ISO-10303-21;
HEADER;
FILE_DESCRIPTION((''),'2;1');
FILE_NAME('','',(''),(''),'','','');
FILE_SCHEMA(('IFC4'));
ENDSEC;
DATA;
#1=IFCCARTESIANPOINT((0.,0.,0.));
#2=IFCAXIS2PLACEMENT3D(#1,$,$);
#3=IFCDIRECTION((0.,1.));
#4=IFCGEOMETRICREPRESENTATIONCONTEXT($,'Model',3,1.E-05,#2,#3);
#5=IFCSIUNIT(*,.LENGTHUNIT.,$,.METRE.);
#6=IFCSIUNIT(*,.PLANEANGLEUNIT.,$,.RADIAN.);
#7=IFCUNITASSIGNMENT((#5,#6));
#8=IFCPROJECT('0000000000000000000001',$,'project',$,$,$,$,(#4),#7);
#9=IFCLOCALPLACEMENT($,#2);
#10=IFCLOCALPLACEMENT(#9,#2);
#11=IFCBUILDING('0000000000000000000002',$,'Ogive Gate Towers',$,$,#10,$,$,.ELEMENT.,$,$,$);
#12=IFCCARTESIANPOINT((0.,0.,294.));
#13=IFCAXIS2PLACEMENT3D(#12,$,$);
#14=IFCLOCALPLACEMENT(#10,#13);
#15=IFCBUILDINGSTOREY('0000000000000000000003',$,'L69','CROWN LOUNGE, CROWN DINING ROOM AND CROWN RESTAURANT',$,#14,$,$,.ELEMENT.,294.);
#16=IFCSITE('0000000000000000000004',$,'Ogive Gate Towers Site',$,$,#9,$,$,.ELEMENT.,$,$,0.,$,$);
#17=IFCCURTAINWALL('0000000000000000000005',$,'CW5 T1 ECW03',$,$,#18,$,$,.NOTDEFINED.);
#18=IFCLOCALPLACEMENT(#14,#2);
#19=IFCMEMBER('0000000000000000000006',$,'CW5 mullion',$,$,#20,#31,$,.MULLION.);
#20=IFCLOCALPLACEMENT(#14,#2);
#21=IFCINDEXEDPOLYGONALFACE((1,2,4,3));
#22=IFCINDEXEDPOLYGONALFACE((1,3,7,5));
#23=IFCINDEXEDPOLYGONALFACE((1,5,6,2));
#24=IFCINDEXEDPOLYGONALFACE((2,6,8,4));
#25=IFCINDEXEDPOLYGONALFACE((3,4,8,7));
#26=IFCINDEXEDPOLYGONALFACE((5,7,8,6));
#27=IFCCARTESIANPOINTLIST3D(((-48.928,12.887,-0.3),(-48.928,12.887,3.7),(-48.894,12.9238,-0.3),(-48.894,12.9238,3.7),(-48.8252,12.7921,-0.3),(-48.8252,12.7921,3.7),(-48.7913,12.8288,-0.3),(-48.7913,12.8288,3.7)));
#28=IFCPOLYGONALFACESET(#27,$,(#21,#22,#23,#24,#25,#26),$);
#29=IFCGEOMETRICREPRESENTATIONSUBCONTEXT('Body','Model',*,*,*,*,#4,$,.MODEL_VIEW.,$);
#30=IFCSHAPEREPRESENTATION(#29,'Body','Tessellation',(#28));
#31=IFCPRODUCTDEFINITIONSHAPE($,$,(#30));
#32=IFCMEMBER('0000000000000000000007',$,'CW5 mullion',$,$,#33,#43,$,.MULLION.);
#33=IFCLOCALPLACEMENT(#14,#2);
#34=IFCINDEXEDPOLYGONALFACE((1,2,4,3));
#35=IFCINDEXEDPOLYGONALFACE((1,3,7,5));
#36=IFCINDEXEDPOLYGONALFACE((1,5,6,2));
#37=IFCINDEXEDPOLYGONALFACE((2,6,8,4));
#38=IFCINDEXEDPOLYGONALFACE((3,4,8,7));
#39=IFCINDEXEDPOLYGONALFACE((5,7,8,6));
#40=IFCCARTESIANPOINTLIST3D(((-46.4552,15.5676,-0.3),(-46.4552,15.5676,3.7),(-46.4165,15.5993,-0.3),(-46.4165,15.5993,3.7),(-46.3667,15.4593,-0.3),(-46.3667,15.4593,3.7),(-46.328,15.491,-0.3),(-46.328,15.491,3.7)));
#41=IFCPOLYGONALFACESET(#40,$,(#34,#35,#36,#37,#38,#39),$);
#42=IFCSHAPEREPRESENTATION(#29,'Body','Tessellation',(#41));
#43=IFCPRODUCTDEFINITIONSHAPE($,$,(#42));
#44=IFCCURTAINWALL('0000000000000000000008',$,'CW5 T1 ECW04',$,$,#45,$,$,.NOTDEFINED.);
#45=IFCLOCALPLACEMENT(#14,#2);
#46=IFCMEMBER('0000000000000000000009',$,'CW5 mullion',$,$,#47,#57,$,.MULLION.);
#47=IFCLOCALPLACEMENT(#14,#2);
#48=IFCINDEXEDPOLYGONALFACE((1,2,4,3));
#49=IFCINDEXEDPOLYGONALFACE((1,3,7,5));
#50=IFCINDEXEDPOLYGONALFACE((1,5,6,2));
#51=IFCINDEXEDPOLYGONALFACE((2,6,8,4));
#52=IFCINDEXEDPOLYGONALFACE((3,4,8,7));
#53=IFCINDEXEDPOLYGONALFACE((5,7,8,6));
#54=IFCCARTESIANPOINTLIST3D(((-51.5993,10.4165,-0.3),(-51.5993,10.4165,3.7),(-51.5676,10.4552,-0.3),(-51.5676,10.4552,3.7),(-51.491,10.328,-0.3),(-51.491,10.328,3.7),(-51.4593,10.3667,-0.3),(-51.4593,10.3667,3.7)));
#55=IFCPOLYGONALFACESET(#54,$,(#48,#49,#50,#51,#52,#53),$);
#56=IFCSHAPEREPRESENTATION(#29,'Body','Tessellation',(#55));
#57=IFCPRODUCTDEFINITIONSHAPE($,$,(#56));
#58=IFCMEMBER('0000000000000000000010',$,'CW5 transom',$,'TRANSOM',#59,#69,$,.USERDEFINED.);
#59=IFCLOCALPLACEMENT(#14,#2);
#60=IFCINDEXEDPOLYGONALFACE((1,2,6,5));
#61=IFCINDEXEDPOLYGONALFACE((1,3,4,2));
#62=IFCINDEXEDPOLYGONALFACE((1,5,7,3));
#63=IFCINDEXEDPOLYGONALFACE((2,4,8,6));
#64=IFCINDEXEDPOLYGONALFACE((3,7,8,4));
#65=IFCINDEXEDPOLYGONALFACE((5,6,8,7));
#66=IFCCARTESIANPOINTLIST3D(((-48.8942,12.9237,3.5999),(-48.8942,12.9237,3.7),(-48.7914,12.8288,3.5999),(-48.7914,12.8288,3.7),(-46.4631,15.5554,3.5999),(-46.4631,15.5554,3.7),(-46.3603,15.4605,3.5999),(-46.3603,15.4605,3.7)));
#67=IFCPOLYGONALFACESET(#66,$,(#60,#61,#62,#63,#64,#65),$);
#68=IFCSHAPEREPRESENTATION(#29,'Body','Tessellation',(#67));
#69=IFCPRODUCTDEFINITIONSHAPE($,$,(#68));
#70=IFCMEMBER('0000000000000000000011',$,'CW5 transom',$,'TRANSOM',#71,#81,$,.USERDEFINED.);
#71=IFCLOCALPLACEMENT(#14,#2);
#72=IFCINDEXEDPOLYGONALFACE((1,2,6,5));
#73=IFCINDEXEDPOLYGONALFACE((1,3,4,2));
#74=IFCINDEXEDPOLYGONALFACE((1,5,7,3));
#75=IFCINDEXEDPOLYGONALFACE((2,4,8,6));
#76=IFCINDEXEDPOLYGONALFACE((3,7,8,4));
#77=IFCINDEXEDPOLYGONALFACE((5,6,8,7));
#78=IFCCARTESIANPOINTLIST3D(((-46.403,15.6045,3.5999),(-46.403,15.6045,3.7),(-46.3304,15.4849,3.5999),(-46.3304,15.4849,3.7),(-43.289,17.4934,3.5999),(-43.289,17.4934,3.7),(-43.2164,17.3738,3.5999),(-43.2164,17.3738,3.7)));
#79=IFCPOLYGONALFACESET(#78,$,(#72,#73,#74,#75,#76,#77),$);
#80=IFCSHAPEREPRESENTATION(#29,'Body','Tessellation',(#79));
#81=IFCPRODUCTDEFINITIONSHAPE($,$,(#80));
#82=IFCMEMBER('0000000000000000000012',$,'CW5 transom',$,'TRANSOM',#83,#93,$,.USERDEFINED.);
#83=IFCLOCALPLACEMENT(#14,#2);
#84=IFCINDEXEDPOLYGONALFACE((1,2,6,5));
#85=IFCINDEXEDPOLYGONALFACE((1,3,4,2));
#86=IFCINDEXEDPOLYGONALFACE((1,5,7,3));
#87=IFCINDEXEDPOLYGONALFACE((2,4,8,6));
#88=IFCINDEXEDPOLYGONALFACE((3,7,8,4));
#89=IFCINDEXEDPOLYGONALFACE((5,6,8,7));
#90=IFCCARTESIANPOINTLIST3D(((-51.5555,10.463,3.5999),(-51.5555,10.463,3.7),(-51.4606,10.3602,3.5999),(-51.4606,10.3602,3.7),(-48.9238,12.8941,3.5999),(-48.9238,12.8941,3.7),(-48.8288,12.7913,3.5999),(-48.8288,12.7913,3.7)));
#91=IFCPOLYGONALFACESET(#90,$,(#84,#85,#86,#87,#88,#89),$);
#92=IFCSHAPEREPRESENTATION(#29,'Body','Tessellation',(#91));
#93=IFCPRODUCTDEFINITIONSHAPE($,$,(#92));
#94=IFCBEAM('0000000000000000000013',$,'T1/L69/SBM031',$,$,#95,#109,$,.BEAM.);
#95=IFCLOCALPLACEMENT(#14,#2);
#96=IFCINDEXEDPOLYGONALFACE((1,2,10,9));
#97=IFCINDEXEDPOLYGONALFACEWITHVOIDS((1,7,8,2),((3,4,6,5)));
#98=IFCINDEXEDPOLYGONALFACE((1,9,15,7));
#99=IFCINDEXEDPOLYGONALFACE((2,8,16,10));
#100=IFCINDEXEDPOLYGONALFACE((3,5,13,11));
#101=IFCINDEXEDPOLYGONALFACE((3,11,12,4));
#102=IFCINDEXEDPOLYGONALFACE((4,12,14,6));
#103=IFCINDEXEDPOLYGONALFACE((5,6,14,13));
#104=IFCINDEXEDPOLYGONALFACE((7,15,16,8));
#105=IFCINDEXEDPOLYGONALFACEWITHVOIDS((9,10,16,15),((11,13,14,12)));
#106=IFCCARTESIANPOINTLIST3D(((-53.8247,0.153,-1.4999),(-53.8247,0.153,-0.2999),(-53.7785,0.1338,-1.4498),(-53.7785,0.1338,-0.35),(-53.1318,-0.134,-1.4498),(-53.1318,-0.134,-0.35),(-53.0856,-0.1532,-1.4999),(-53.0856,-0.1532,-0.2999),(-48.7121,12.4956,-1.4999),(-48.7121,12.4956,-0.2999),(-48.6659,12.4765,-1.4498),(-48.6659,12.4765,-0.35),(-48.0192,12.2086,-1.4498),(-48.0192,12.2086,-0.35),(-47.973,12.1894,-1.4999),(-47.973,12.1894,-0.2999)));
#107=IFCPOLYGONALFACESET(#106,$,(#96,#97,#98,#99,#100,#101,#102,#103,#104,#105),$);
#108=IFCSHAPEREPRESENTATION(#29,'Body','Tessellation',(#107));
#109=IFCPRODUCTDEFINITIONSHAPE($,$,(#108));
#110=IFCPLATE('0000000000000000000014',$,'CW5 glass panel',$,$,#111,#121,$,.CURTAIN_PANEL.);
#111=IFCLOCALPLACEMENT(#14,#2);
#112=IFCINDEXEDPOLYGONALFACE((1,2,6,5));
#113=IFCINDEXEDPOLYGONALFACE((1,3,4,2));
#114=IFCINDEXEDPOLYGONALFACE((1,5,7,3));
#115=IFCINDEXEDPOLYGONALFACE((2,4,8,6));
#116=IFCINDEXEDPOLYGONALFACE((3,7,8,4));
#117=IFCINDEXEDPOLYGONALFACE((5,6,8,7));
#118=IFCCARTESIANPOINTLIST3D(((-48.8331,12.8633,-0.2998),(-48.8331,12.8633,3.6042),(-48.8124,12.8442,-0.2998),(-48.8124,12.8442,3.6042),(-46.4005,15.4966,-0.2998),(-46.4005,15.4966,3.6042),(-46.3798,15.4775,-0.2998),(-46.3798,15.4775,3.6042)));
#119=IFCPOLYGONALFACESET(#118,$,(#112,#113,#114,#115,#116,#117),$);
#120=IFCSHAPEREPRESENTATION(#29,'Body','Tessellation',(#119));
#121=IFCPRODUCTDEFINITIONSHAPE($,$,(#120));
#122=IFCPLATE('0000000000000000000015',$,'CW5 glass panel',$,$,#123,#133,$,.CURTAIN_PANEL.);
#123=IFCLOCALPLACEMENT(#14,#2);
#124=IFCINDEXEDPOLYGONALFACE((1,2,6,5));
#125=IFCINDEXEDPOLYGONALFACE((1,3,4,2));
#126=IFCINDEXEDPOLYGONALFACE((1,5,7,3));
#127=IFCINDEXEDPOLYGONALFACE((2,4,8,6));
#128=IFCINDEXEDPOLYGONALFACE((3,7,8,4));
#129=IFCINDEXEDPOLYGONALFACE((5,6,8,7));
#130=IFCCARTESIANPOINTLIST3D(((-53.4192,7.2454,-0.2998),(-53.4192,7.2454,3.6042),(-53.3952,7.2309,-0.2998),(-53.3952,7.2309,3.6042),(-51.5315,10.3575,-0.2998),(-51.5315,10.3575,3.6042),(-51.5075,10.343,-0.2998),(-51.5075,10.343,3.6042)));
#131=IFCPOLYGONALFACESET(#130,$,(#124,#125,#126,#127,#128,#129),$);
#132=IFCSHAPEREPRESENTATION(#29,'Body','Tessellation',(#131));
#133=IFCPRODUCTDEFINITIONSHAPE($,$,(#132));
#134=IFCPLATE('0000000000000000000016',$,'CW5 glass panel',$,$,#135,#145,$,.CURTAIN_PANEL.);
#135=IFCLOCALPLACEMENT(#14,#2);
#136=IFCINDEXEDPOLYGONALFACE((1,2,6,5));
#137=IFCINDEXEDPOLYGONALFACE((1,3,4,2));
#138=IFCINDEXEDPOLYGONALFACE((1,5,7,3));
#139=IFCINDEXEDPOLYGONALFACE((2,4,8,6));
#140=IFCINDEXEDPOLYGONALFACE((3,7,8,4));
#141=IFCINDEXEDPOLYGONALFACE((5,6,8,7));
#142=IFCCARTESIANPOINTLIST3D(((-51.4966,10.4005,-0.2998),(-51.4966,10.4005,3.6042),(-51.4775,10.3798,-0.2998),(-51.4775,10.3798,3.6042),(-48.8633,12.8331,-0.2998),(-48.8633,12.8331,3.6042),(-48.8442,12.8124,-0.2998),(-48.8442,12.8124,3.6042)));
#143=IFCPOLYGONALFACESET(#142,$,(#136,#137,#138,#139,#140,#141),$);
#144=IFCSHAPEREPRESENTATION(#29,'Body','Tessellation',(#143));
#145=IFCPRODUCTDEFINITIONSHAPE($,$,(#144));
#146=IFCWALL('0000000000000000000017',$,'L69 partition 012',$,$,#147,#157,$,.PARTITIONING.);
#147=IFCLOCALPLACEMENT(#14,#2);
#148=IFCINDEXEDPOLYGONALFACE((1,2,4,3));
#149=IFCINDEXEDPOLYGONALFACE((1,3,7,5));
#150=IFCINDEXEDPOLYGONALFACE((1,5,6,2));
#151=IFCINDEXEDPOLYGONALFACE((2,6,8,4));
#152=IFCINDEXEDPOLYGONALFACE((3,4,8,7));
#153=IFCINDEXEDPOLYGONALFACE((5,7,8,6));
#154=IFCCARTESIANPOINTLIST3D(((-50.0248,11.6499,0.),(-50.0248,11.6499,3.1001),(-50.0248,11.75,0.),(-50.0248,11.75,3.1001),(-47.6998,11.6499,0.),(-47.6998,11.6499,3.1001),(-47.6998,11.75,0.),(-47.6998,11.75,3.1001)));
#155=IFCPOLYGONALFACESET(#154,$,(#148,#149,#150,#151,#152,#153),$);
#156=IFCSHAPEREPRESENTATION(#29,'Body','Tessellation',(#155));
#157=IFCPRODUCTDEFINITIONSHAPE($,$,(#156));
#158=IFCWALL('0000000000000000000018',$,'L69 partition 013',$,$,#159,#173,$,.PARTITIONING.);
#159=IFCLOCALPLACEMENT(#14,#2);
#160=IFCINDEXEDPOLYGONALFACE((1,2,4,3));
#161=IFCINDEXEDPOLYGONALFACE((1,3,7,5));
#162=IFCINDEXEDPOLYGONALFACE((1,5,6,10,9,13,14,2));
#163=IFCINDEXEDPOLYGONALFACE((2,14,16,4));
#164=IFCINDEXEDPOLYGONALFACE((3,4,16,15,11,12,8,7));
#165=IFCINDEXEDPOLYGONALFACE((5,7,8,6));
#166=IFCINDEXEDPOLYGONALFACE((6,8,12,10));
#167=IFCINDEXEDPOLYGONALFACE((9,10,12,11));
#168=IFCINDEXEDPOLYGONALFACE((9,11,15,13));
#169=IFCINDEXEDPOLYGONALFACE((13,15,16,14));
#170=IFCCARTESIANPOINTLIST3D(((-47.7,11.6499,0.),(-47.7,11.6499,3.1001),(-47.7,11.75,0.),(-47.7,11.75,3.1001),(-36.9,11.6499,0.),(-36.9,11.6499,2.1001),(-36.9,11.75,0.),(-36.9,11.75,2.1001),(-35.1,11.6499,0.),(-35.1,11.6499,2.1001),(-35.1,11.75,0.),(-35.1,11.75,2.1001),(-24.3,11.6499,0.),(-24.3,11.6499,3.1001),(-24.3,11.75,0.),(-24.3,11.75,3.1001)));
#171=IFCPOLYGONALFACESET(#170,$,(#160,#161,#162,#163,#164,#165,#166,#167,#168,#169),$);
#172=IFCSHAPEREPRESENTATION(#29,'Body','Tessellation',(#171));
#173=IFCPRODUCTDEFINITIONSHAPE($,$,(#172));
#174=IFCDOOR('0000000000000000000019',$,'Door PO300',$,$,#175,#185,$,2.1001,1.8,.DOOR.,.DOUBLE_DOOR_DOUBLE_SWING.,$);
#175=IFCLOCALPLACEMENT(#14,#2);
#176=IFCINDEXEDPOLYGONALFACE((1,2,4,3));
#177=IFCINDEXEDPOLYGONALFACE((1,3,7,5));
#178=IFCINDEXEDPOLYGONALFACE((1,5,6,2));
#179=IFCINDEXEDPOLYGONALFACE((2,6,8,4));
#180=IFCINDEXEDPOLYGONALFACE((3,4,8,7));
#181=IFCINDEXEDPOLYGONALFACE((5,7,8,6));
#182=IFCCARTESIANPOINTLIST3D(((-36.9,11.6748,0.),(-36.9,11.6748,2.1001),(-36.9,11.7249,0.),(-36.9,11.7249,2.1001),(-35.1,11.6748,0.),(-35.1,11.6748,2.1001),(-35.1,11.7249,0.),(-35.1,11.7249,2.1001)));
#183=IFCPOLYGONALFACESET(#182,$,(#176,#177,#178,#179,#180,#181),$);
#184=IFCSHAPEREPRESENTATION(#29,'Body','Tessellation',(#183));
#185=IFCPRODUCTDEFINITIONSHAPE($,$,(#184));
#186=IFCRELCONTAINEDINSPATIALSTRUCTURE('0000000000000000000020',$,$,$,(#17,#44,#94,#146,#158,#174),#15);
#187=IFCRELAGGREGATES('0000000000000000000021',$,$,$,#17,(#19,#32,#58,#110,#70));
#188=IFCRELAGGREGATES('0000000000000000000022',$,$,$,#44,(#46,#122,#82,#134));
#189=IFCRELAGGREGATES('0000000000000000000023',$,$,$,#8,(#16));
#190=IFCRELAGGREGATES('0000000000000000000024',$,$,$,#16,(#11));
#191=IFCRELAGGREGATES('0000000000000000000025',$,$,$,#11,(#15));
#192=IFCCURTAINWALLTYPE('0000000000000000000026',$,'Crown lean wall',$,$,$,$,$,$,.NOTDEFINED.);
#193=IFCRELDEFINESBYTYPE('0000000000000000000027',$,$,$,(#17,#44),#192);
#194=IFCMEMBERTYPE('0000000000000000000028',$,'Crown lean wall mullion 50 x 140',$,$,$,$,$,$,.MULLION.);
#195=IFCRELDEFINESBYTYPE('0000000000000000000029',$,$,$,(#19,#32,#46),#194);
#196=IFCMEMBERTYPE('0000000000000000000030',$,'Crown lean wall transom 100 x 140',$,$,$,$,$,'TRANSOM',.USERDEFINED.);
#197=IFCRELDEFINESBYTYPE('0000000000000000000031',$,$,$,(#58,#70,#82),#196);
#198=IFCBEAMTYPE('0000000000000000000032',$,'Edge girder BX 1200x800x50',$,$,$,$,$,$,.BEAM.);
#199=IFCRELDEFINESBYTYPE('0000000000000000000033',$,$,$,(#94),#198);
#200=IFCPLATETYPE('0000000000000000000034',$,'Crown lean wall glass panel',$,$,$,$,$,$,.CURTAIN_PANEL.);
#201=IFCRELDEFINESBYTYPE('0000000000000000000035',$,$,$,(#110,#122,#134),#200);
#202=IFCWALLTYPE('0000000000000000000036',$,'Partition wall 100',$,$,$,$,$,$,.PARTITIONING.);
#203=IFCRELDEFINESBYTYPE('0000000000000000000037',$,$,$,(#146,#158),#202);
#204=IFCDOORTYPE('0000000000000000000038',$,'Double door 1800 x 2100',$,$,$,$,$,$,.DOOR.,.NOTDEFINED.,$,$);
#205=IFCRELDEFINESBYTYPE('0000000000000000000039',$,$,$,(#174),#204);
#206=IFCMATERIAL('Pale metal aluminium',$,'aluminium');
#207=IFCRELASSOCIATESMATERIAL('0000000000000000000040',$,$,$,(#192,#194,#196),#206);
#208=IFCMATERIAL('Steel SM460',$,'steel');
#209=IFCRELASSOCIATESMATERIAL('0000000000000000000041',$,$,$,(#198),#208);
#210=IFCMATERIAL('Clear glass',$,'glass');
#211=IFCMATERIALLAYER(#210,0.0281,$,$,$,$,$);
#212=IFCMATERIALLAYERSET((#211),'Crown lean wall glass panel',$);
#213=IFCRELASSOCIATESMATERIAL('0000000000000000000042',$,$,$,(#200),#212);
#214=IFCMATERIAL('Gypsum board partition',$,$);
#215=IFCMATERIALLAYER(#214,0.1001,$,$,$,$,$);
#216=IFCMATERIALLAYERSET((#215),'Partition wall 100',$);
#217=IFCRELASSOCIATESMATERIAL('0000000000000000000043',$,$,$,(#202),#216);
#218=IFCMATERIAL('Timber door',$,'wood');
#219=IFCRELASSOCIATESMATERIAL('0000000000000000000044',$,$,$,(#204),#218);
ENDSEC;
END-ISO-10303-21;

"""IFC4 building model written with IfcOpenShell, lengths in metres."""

from ifc_helpers import new_model, si_unit, direction, frame, frame_2d, origin, origin_2d, place, context, subcontext, project, spatial, rectangle, hollow_rectangle, extrude, material, layer, layer_set, material_profile, profile_set, type_object, element, fill, aggregate, save


model = new_model("IFC4")

# Units and contexts
model_context = context("Model", 3, precision=1e-05, world=origin(), true_north=direction((0.0, 1.0)))
body_context = subcontext(model_context, "Body", "Model", "MODEL_VIEW")
ifc_project = project(units=[si_unit("LENGTHUNIT", "METRE"), si_unit("PLANEANGLEUNIT", "RADIAN")], contexts=[model_context])

# Site, building, storey
site_placement = place(None, origin())
site = spatial("IfcSite", under=ifc_project, at=site_placement, Name="Ogive Gate Towers Site", CompositionType="ELEMENT", RefElevation=0.0)
building_placement = place(site_placement, origin())
building = spatial("IfcBuilding", under=site, at=building_placement, Name="Ogive Gate Towers", CompositionType="ELEMENT")
storey_placement = place(building_placement, frame((0.0, 0.0, 294.0)))
storey = spatial("IfcBuildingStorey", under=building, at=storey_placement, Name="L69", Description="CROWN LOUNGE, CROWN DINING ROOM AND CROWN RESTAURANT", CompositionType="ELEMENT", Elevation=294.0)

# Curtain wall, members
ifc_material_1 = material(Name="Pale metal aluminium", Category="aluminium")
curtain_wall_type = type_object("IfcCurtainWallType", Name="Crown lean wall", PredefinedType="NOTDEFINED", material=ifc_material_1)
curtain_wall_1_placement = place(storey_placement, origin())
curtain_wall_1 = element("IfcCurtainWall", 1, at=curtain_wall_1_placement, inside=storey, type_object=curtain_wall_type, Name="CW5 T1 ECW03", PredefinedType="NOTDEFINED")
ifc_material_profile_1 = material_profile(ifc_material_1, rectangle(XDim=0.1399, YDim=0.05, at=origin_2d()), Name="50 x 140 aluminium box")
ifc_profile_set_1 = profile_set([ifc_material_profile_1], Name="Pale metal aluminium")
member_type_1 = type_object("IfcMemberType", Name="Crown lean wall mullion 50 x 140", PredefinedType="MULLION", material=ifc_profile_set_1)
member_1_placement = place(storey_placement, frame((-48.8596, 12.8579, -0.3), z_axis=(0.0, 0.0, 1.0), x_axis=(0.734548, -0.678557, 0.0)))
member_1 = element("IfcMember", 2, at=member_1_placement, type_object=member_type_1, Name="CW5 mullion", PredefinedType="MULLION", context=body_context, shape_type="SweptSolid", body=[
    extrude(rectangle(XDim=0.1399, YDim=0.05, at=origin_2d()), origin(), (0.0, 0.0, 1.0), 4.0),
])
member_2_placement = place(storey_placement, frame((-46.3916, 15.5293, -0.3), z_axis=(0.0, 0.0, 1.0), x_axis=(0.632759, -0.774348, 0.0)))
member_2 = element("IfcMember", 3, at=member_2_placement, type_object=member_type_1, Name="CW5 mullion", PredefinedType="MULLION", context=body_context, shape_type="SweptSolid", body=[
    extrude(rectangle(XDim=0.1399, YDim=0.05, at=origin_2d()), origin(), (0.0, 0.0, 1.0), 4.0),
])

# Curtain wall, member
curtain_wall_2_placement = place(storey_placement, origin())
curtain_wall_2 = element("IfcCurtainWall", 4, at=curtain_wall_2_placement, inside=storey, type_object=curtain_wall_type, Name="CW5 T1 ECW04", PredefinedType="NOTDEFINED")
member_3_placement = place(storey_placement, frame((-51.5293, 10.3916, -0.3), z_axis=(0.0, 0.0, 1.0), x_axis=(0.774348, -0.632759, 0.0)))
member_3 = element("IfcMember", 5, at=member_3_placement, type_object=member_type_1, Name="CW5 mullion", PredefinedType="MULLION", context=body_context, shape_type="SweptSolid", body=[
    extrude(rectangle(XDim=0.1399, YDim=0.05, at=origin_2d()), origin(), (0.0, 0.0, 1.0), 4.0),
])

# Members
ifc_material_profile_2 = material_profile(ifc_material_1, rectangle(XDim=0.1399, YDim=0.1001, at=origin_2d()), Name="100 x 140 aluminium box")
ifc_profile_set_2 = profile_set([ifc_material_profile_2], Name="Pale metal aluminium")
member_type_2 = type_object("IfcMemberType", Name="Crown lean wall transom 100 x 140", ElementType="TRANSOM", PredefinedType="USERDEFINED", material=ifc_profile_set_2)
member_4_placement = place(storey_placement, frame((-48.8428, 12.8762, 3.6499), z_axis=(0.678546, 0.734558, 0.0), x_axis=(-0.734558, 0.678546, 0.0)))
member_4 = element("IfcMember", 6, at=member_4_placement, type_object=member_type_2, Name="CW5 transom", ObjectType="TRANSOM", PredefinedType="USERDEFINED", context=body_context, shape_type="SweptSolid", body=[
    extrude(rectangle(XDim=0.1399, YDim=0.1001, at=origin_2d()), origin(), (0.0, 0.0, 1.0), 3.5828),
])
member_5_placement = place(storey_placement, frame((-46.3667, 15.5447, 3.6499), z_axis=(0.854999, 0.51863, 0.0), x_axis=(-0.51863, 0.854999, 0.0)))
member_5 = element("IfcMember", 7, at=member_5_placement, type_object=member_type_2, Name="CW5 transom", ObjectType="TRANSOM", PredefinedType="USERDEFINED", context=body_context, shape_type="SweptSolid", body=[
    extrude(rectangle(XDim=0.1399, YDim=0.1001, at=origin_2d()), origin(), (0.0, 0.0, 1.0), 3.6421),
])
member_6_placement = place(storey_placement, frame((-51.5081, 10.4116, 3.6499), z_axis=(0.734558, 0.678546, 0.0), x_axis=(-0.678546, 0.734558, 0.0)))
member_6 = element("IfcMember", 8, at=member_6_placement, type_object=member_type_2, Name="CW5 transom", ObjectType="TRANSOM", PredefinedType="USERDEFINED", context=body_context, shape_type="SweptSolid", body=[
    extrude(rectangle(XDim=0.1399, YDim=0.1001, at=origin_2d()), origin(), (0.0, 0.0, 1.0), 3.5828),
])

# Beam
ifc_material_2 = material(Name="Steel SM460", Category="steel")
ifc_material_profile_3 = material_profile(ifc_material_2, hollow_rectangle(XDim=0.8, YDim=1.2, WallThickness=0.05, at=origin_2d()), Name="BX 1200x800x50")
ifc_profile_set_3 = profile_set([ifc_material_profile_3], Name="Steel SM460")
beam_type = type_object("IfcBeamType", Name="Edge girder BX 1200x800x50", PredefinedType="BEAM", material=ifc_profile_set_3)
beam_placement = place(storey_placement, frame((-48.3425, 12.3425, -0.8999), z_axis=(-0.38269, -0.923877, 0.0), x_axis=(0.923877, -0.38269, 0.0)))
element("IfcBeam", 9, at=beam_placement, inside=storey, type_object=beam_type, Name="T1/L69/SBM031", PredefinedType="BEAM", context=body_context, shape_type="SweptSolid", body=[
    extrude(hollow_rectangle(XDim=0.8, YDim=1.2, WallThickness=0.05, at=origin_2d()), origin(), (0.0, 0.0, 1.0), 13.3596),
])

# Plates
ifc_material_3 = material(Name="Clear glass", Category="glass")
ifc_layer_1 = layer(ifc_material_3, 0.0281)
ifc_layer_set_1 = layer_set([ifc_layer_1], Name="Crown lean wall glass panel")
plate_type = type_object("IfcPlateType", Name="Crown lean wall glass panel", PredefinedType="CURTAIN_PANEL", material=ifc_layer_set_1)
plate_1_placement = place(storey_placement, frame((-47.6064, 14.1704, -0.2998), z_axis=(0.0, 0.0, 1.0), x_axis=(0.678557, 0.734548, 0.0)))
plate_1 = element("IfcPlate", 10, at=plate_1_placement, type_object=plate_type, Name="CW5 glass panel", PredefinedType="CURTAIN_PANEL", context=body_context, shape_type="SweptSolid", body=[
    extrude(rectangle(XDim=3.585, YDim=0.0281, at=origin_2d()), origin(), (0.0, 0.0, 1.0), 3.9041),
])
aggregate(curtain_wall_1, [member_1, member_2, member_4, plate_1, member_5])
plate_2_placement = place(storey_placement, frame((-52.4634, 8.7942, -0.2998), z_axis=(0.0, 0.0, 1.0), x_axis=(0.518624, 0.855002, 0.0)))
plate_2 = element("IfcPlate", 11, at=plate_2_placement, type_object=plate_type, Name="CW5 glass panel", PredefinedType="CURTAIN_PANEL", context=body_context, shape_type="SweptSolid", body=[
    extrude(rectangle(XDim=3.6399, YDim=0.0281, at=origin_2d()), origin(), (0.0, 0.0, 1.0), 3.9041),
])
plate_3_placement = place(storey_placement, frame((-50.1704, 11.6064, -0.2998), z_axis=(0.0, 0.0, 1.0), x_axis=(0.734548, 0.678557, 0.0)))
plate_3 = element("IfcPlate", 12, at=plate_3_placement, type_object=plate_type, Name="CW5 glass panel", PredefinedType="CURTAIN_PANEL", context=body_context, shape_type="SweptSolid", body=[
    extrude(rectangle(XDim=3.585, YDim=0.0281, at=origin_2d()), origin(), (0.0, 0.0, 1.0), 3.9041),
])
aggregate(curtain_wall_2, [member_3, plate_2, member_6, plate_3])

# Wall
ifc_material_4 = material(Name="Gypsum board partition")
ifc_layer_2 = layer(ifc_material_4, 0.1001)
ifc_layer_set_2 = layer_set([ifc_layer_2], Name="Partition wall 100")
wall_type = type_object("IfcWallType", Name="Partition wall 100", PredefinedType="PARTITIONING", material=ifc_layer_set_2)
wall_1_placement = place(storey_placement, frame((-50.0249, 11.7, 0.0), z_axis=(0.0, 0.0, 1.0), x_axis=(1.0, 0.0, 0.0)))
element("IfcWall", 13, at=wall_1_placement, inside=storey, type_object=wall_type, Name="L69 partition 012", PredefinedType="PARTITIONING", context=body_context, shape_type="SweptSolid", body=[
    extrude(rectangle(XDim=2.325, YDim=0.1001, at=frame_2d((1.1626, 0.0))), origin(), (0.0, 0.0, 1.0), 3.1001),
])

# Wall, opening, door
wall_2_placement = place(storey_placement, frame((-47.7, 11.7, 0.0), z_axis=(0.0, 0.0, 1.0), x_axis=(1.0, 0.0, 0.0)))
wall_2 = element("IfcWall", 14, at=wall_2_placement, inside=storey, type_object=wall_type, Name="L69 partition 013", PredefinedType="PARTITIONING", context=body_context, shape_type="SweptSolid", body=[
    extrude(rectangle(XDim=23.3999, YDim=0.1001, at=frame_2d((11.7, 0.0))), origin(), (0.0, 0.0, 1.0), 3.1001),
])
opening_placement = place(wall_2_placement, frame((10.8, 0.0, 0.0)))
opening = element("IfcOpeningElement", 15, at=opening_placement, cuts=wall_2, PredefinedType="OPENING", context=body_context, shape_type="SweptSolid", body=[
    extrude(rectangle(XDim=1.8, YDim=2.1001, at=frame_2d((0.8999, 1.05))), frame((0.0, 0.0601, 0.0), z_axis=(0.0, -1.0, 0.0), x_axis=(1.0, 0.0, 0.0)), (0.0, 0.0, 1.0), 0.1201),
])
ifc_material_5 = material(Name="Timber door", Category="wood")
door_type = type_object("IfcDoorType", Name="Double door 1800 x 2100", OperationType="NOTDEFINED", PredefinedType="DOOR", material=ifc_material_5)
door_placement = place(opening_placement, origin())
door = element("IfcDoor", 16, at=door_placement, inside=storey, type_object=door_type, Name="Door PO300", OperationType="DOUBLE_DOOR_DOUBLE_SWING", OverallHeight=2.1001, OverallWidth=1.8, PredefinedType="DOOR", context=body_context, shape_type="SweptSolid", body=[
    extrude(rectangle(XDim=1.8, YDim=2.1001, at=frame_2d((0.8999, 1.05))), frame((0.0, 0.0249, 0.0), z_axis=(0.0, -1.0, 0.0), x_axis=(1.0, 0.0, 0.0)), (0.0, 0.0, 1.0), 0.05),
])
fill(opening, door)

save(model, "model.ifc")
